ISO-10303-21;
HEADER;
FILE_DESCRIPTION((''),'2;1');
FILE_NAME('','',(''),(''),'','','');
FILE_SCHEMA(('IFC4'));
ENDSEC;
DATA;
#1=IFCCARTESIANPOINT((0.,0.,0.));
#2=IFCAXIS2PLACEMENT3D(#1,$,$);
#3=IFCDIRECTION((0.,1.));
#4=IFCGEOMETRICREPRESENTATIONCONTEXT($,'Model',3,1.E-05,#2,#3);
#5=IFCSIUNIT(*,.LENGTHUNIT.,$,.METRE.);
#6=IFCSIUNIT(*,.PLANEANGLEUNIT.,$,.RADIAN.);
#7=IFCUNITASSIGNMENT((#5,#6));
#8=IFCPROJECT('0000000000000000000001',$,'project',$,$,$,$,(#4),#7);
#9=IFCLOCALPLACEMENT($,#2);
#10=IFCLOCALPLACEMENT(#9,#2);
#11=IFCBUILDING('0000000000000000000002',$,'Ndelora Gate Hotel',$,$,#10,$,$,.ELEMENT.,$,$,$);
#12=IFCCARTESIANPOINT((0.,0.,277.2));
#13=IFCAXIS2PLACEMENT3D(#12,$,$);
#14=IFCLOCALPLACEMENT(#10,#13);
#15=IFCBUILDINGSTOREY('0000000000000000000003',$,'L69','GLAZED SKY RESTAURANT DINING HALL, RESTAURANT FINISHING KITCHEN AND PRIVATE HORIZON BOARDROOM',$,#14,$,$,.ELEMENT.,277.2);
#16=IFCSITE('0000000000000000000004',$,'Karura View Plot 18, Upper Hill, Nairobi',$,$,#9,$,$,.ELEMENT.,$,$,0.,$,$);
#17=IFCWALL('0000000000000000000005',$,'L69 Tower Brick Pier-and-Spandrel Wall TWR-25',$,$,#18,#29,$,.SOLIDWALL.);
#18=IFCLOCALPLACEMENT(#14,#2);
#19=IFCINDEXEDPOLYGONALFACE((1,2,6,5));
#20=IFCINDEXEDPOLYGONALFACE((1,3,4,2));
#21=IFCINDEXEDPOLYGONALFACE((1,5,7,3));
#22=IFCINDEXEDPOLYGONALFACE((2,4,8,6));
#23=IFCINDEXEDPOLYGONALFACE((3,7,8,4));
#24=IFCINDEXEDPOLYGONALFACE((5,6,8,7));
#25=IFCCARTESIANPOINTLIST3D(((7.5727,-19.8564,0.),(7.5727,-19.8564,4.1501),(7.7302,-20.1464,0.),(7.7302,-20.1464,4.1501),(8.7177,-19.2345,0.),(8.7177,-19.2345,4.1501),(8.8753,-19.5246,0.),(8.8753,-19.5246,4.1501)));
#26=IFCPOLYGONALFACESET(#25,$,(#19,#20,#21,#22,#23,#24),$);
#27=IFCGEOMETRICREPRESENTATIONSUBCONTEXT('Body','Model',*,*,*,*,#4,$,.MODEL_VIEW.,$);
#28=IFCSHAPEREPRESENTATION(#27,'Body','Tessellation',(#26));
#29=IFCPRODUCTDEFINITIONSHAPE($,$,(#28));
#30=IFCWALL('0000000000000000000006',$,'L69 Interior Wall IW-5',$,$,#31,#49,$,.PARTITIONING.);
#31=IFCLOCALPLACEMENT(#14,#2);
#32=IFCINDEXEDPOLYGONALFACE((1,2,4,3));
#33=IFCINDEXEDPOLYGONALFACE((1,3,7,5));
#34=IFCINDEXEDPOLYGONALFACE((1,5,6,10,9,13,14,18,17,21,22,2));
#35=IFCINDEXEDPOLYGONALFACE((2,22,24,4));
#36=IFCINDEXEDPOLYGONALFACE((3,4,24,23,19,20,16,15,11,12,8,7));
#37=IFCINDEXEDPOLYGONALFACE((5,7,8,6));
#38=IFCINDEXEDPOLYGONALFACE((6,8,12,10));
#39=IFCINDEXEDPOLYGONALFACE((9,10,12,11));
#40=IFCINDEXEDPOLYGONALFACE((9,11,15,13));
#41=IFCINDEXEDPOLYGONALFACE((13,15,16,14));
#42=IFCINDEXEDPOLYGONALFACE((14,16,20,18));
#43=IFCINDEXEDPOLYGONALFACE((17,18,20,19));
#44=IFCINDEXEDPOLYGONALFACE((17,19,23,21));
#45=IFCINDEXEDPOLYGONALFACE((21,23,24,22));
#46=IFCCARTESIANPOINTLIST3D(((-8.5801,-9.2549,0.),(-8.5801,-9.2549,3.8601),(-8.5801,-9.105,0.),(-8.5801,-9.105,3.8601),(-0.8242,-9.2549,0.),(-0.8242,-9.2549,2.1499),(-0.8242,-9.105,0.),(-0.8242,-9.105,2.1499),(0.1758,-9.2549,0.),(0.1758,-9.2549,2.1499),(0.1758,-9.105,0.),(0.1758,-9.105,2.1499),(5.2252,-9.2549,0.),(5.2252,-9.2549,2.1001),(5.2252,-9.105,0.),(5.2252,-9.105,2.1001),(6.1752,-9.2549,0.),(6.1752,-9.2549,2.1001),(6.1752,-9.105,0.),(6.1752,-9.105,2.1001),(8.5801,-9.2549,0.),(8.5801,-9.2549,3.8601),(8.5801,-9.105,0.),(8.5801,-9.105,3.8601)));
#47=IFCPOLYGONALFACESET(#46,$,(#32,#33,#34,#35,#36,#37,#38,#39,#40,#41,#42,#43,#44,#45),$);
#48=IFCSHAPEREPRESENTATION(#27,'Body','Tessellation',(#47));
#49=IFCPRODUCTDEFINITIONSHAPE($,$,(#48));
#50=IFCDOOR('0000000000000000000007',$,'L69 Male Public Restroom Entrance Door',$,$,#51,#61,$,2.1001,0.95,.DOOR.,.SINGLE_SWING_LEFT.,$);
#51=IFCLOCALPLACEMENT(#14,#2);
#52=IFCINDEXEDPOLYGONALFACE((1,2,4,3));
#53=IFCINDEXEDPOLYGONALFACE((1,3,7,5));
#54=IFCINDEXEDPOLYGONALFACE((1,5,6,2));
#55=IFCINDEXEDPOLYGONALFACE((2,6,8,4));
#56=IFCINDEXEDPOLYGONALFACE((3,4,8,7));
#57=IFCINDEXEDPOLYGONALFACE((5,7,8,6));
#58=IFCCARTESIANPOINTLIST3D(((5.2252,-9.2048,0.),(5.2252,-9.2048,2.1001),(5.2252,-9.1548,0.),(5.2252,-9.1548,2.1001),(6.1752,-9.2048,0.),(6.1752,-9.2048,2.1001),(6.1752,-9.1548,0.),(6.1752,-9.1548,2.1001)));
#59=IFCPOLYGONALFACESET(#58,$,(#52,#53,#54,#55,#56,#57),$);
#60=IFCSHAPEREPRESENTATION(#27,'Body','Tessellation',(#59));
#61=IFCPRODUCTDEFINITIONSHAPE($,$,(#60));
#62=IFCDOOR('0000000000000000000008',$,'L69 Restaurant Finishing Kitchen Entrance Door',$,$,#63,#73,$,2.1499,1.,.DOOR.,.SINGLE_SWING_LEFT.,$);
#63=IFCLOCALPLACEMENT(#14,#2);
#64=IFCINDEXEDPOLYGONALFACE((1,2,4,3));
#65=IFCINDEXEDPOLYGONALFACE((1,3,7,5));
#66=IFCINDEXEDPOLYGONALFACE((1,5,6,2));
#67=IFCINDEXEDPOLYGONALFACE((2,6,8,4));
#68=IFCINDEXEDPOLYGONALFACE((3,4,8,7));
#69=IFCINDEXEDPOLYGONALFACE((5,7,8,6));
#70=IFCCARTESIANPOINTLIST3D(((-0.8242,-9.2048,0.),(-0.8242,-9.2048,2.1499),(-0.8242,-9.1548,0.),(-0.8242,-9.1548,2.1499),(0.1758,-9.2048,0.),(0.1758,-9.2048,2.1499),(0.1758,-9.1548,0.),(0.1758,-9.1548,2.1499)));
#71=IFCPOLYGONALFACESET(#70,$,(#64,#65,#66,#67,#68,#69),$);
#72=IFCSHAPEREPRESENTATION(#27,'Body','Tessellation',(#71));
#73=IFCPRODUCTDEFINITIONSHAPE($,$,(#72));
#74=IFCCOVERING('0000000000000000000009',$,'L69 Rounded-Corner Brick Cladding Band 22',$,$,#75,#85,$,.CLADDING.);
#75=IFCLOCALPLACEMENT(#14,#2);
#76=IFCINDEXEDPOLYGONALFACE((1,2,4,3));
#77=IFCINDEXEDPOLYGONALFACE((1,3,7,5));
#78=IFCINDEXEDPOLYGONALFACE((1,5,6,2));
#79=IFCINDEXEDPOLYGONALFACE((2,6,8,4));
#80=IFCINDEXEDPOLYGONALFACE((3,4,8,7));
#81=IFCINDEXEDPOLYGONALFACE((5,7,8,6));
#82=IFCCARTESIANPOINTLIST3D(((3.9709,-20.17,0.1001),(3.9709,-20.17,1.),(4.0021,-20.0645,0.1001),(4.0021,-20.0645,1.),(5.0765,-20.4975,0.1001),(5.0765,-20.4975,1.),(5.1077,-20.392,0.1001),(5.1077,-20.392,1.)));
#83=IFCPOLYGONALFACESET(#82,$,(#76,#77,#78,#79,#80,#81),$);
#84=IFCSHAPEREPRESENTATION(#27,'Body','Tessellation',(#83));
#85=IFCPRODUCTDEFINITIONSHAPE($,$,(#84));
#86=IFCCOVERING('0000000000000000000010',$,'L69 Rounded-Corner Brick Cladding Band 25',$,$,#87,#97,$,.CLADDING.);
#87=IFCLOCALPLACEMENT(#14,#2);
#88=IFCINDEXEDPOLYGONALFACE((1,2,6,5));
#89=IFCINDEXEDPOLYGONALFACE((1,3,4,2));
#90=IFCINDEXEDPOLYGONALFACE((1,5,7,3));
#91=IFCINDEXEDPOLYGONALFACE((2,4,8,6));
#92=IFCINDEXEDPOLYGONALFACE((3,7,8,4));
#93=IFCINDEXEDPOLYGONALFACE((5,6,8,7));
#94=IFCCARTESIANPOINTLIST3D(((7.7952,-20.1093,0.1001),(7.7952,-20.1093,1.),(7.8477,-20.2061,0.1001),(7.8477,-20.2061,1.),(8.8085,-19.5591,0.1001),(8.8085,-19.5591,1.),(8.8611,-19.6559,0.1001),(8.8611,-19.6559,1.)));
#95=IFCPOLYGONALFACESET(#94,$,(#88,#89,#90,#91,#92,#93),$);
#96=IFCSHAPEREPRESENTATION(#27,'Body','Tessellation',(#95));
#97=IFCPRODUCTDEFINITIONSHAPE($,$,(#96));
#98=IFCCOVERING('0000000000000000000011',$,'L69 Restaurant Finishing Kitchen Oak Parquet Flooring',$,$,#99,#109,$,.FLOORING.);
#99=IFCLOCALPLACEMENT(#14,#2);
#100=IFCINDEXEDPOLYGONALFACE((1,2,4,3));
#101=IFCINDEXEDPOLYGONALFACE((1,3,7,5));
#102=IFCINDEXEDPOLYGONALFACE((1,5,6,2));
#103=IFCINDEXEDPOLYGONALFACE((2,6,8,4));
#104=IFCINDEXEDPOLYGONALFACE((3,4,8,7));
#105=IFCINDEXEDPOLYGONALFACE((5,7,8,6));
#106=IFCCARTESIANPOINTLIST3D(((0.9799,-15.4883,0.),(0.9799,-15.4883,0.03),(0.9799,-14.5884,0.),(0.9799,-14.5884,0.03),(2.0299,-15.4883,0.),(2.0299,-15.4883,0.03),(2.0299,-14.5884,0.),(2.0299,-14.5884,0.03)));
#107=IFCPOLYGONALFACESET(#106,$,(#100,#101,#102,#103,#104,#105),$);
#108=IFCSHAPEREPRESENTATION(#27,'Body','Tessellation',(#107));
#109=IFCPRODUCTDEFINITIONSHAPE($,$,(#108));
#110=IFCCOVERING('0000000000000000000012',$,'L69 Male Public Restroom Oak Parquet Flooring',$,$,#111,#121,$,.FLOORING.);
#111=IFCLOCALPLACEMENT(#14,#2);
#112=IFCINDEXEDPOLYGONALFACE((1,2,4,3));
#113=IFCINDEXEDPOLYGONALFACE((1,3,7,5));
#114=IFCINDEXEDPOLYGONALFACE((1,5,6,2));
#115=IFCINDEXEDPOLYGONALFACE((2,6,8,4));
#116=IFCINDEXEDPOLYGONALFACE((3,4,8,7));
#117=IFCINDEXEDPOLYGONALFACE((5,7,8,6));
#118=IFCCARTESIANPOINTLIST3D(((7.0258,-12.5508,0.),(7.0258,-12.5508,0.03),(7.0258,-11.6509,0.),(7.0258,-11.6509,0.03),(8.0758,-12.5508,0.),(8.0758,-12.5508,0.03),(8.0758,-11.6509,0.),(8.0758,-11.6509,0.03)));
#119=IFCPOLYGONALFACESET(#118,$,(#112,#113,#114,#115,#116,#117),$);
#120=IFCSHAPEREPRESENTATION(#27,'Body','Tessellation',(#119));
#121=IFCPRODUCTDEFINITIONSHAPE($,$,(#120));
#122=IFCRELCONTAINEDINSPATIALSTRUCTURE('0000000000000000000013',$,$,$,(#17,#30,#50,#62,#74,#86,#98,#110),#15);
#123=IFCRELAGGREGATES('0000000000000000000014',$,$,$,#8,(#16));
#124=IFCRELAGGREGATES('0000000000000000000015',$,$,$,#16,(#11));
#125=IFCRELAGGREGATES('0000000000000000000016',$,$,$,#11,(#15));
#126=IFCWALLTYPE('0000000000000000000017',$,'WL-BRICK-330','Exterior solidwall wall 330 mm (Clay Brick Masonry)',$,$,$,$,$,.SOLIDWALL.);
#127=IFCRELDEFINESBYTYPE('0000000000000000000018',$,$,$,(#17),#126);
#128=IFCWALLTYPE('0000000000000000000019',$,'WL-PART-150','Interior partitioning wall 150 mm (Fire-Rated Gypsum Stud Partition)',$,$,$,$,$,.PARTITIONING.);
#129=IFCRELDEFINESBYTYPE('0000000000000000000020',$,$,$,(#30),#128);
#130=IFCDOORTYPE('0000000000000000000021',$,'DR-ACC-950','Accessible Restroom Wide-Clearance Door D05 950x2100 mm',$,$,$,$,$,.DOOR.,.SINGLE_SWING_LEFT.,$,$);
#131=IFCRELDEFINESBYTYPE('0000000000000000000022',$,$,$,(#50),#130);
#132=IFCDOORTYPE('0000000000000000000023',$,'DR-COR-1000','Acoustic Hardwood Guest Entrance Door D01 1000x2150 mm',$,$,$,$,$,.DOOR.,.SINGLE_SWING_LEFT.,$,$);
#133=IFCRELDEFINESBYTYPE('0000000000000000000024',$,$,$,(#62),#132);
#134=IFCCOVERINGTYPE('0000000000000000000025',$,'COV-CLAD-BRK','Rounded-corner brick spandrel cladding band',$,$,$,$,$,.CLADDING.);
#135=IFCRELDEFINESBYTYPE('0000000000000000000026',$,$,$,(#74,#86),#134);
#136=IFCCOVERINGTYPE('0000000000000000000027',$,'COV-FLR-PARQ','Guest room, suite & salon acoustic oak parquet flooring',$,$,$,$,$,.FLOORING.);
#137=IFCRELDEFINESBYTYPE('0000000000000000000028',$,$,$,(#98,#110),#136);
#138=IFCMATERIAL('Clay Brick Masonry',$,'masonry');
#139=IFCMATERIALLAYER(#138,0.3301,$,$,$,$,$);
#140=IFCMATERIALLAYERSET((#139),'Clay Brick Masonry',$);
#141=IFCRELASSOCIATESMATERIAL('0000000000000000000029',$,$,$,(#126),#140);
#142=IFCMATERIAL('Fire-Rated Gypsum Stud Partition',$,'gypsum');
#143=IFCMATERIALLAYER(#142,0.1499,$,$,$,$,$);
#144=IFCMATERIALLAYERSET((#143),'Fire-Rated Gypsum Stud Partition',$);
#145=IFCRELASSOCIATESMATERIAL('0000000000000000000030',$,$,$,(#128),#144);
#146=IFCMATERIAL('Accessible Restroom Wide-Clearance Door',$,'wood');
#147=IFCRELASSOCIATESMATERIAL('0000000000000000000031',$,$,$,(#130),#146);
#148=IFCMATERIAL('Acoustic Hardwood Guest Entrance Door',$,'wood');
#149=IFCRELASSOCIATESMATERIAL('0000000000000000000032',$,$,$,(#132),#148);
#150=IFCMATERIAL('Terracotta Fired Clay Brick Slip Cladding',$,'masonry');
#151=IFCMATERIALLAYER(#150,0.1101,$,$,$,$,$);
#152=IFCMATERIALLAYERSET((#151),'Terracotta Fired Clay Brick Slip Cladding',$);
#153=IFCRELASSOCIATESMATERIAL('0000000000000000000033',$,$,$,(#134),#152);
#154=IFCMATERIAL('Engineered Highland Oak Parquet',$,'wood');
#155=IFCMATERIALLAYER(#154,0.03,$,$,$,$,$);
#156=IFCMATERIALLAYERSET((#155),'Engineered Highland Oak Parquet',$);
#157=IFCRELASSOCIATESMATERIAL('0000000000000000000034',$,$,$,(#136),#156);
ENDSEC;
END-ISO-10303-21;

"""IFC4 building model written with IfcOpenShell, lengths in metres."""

from ifc_helpers import new_model, si_unit, direction, frame, frame_2d, origin, origin_2d, place, context, subcontext, project, spatial, rectangle, extrude, material, layer, layer_set, type_object, element, fill, save


model = new_model("IFC4")

# Units and contexts
model_context = context("Model", 3, precision=1e-05, world=origin(), true_north=direction((0.0, 1.0)))
body_context = subcontext(model_context, "Body", "Model", "MODEL_VIEW")
ifc_project = project(units=[si_unit("LENGTHUNIT", "METRE"), si_unit("PLANEANGLEUNIT", "RADIAN")], contexts=[model_context])

# Site, building, storey
site_placement = place(None, origin())
site = spatial("IfcSite", under=ifc_project, at=site_placement, Name="Karura View Plot 18, Upper Hill, Nairobi", CompositionType="ELEMENT", RefElevation=0.0)
building_placement = place(site_placement, origin())
building = spatial("IfcBuilding", under=site, at=building_placement, Name="Ndelora Gate Hotel", CompositionType="ELEMENT")
storey_placement = place(building_placement, frame((0.0, 0.0, 277.2)))
storey = spatial("IfcBuildingStorey", under=building, at=storey_placement, Name="L69", Description="GLAZED SKY RESTAURANT DINING HALL, RESTAURANT FINISHING KITCHEN AND PRIVATE HORIZON BOARDROOM", CompositionType="ELEMENT", Elevation=277.2)

# Shared definitions
ifc_material_1 = material(Name="Clay Brick Masonry", Category="masonry")
ifc_layer_1 = layer(ifc_material_1, 0.3301)
ifc_layer_set_1 = layer_set([ifc_layer_1], Name="Clay Brick Masonry")
wall_type_1 = type_object("IfcWallType", Name="WL-BRICK-330", Description="Exterior solidwall wall 330 mm (Clay Brick Masonry)", PredefinedType="SOLIDWALL", material=ifc_layer_set_1)

# Wall
for number, where, z_axis, x_axis, name in (
    (1, (8.7964, -19.3796, 0.0), (0.0, 0.0, 1.0), (-0.878775, -0.477237, 0.0), "L69 Tower Brick Pier-and-Spandrel Wall TWR-25"),
):
    element("IfcWall", number, at=place(storey_placement, frame(where, z_axis=z_axis, x_axis=x_axis)), inside=storey, type_object=wall_type_1, Name=name, PredefinedType="SOLIDWALL", context=body_context, shape_type="SweptSolid", body=[
        extrude(rectangle(XDim=1.303, YDim=0.3301, at=frame_2d((0.6514, 0.0))), origin(), (0.0, 0.0, 1.0), 4.1501),
    ])

# Wall, openings, doors
ifc_material_2 = material(Name="Fire-Rated Gypsum Stud Partition", Category="gypsum")
ifc_layer_2 = layer(ifc_material_2, 0.1499)
ifc_layer_set_2 = layer_set([ifc_layer_2], Name="Fire-Rated Gypsum Stud Partition")
wall_type_2 = type_object("IfcWallType", Name="WL-PART-150", Description="Interior partitioning wall 150 mm (Fire-Rated Gypsum Stud Partition)", PredefinedType="PARTITIONING", material=ifc_layer_set_2)
wall_1_placement = place(storey_placement, frame((8.5801, -9.1799, 0.0), z_axis=(0.0, 0.0, 1.0), x_axis=(-1.0, 0.0, 0.0)))
wall_1 = element("IfcWall", 2, at=wall_1_placement, inside=storey, type_object=wall_type_2, Name="L69 Interior Wall IW-5", PredefinedType="PARTITIONING", context=body_context, shape_type="SweptSolid", body=[
    extrude(rectangle(XDim=17.1602, YDim=0.1499, at=frame_2d((8.5801, 0.0))), origin(), (0.0, 0.0, 1.0), 3.8601),
])
opening_1_placement = place(wall_1_placement, frame((2.4048, 0.0, 0.0)))
opening_1 = element("IfcOpeningElement", 3, at=opening_1_placement, cuts=wall_1, PredefinedType="OPENING", context=body_context, shape_type="SweptSolid", body=[
    extrude(rectangle(XDim=0.95, YDim=2.1001, at=frame_2d((0.4751, 1.05))), frame((0.0, 0.085, 0.0), z_axis=(0.0, -1.0, 0.0), x_axis=(1.0, 0.0, 0.0)), (0.0, 0.0, 1.0), 0.1699),
])
opening_2_placement = place(wall_1_placement, frame((8.4043, 0.0, 0.0)))
opening_2 = element("IfcOpeningElement", 4, at=opening_2_placement, cuts=wall_1, PredefinedType="OPENING", context=body_context, shape_type="SweptSolid", body=[
    extrude(rectangle(XDim=1.0, YDim=2.1499, at=frame_2d((0.5, 1.075))), frame((0.0, 0.085, 0.0), z_axis=(0.0, -1.0, 0.0), x_axis=(1.0, 0.0, 0.0)), (0.0, 0.0, 1.0), 0.1699),
])
ifc_material_3 = material(Name="Accessible Restroom Wide-Clearance Door", Category="wood")
door_type_1 = type_object("IfcDoorType", Name="DR-ACC-950", Description="Accessible Restroom Wide-Clearance Door D05 950x2100 mm", OperationType="SINGLE_SWING_LEFT", PredefinedType="DOOR", material=ifc_material_3)
door_1_placement = place(opening_1_placement, origin())
door_1 = element("IfcDoor", 5, at=door_1_placement, inside=storey, type_object=door_type_1, Name="L69 Male Public Restroom Entrance Door", OperationType="SINGLE_SWING_LEFT", OverallHeight=2.1001, OverallWidth=0.95, PredefinedType="DOOR", context=body_context, shape_type="SweptSolid", body=[
    extrude(rectangle(XDim=0.95, YDim=2.1001, at=frame_2d((0.4751, 1.05))), frame((0.0, 0.0249, 0.0), z_axis=(0.0, -1.0, 0.0), x_axis=(1.0, 0.0, 0.0)), (0.0, 0.0, 1.0), 0.05),
])
fill(opening_1, door_1)
ifc_material_4 = material(Name="Acoustic Hardwood Guest Entrance Door", Category="wood")
door_type_2 = type_object("IfcDoorType", Name="DR-COR-1000", Description="Acoustic Hardwood Guest Entrance Door D01 1000x2150 mm", OperationType="SINGLE_SWING_LEFT", PredefinedType="DOOR", material=ifc_material_4)
door_2_placement = place(opening_2_placement, origin())
door_2 = element("IfcDoor", 6, at=door_2_placement, inside=storey, type_object=door_type_2, Name="L69 Restaurant Finishing Kitchen Entrance Door", OperationType="SINGLE_SWING_LEFT", OverallHeight=2.1499, OverallWidth=1.0, PredefinedType="DOOR", context=body_context, shape_type="SweptSolid", body=[
    extrude(rectangle(XDim=1.0, YDim=2.1499, at=frame_2d((0.5, 1.075))), frame((0.0, 0.0249, 0.0), z_axis=(0.0, -1.0, 0.0), x_axis=(1.0, 0.0, 0.0)), (0.0, 0.0, 1.0), 0.05),
])
fill(opening_2, door_2)

# Coverings
ifc_material_5 = material(Name="Terracotta Fired Clay Brick Slip Cladding", Category="masonry")
ifc_layer_3 = layer(ifc_material_5, 0.1101)
ifc_layer_set_3 = layer_set([ifc_layer_3], Name="Terracotta Fired Clay Brick Slip Cladding")
covering_type_1 = type_object("IfcCoveringType", Name="COV-CLAD-BRK", Description="Rounded-corner brick spandrel cladding band", PredefinedType="CLADDING", material=ifc_layer_set_3)
for number, where, z_axis, x_axis, name in (
    (7, (4.5393, -20.281, 0.1001), (0.0, 0.0, 1.0), (-0.95882, 0.284015, 0.0), "L69 Rounded-Corner Brick Cladding Band 22"),
    (8, (8.3281, -19.8826, 0.1001), (0.0, 0.0, 1.0), (0.878817, 0.477159, 0.0), "L69 Rounded-Corner Brick Cladding Band 25"),
):
    element("IfcCovering", number, at=place(storey_placement, frame(where, z_axis=z_axis, x_axis=x_axis)), inside=storey, type_object=covering_type_1, Name=name, PredefinedType="CLADDING", context=body_context, shape_type="SweptSolid", body=[
        extrude(rectangle(XDim=1.1531, YDim=0.1101, at=origin_2d()), origin(), (0.0, 0.0, 1.0), 0.8999),
    ])
ifc_material_6 = material(Name="Engineered Highland Oak Parquet", Category="wood")
ifc_layer_4 = layer(ifc_material_6, 0.03)
ifc_layer_set_4 = layer_set([ifc_layer_4], Name="Engineered Highland Oak Parquet")
covering_type_2 = type_object("IfcCoveringType", Name="COV-FLR-PARQ", Description="Guest room, suite & salon acoustic oak parquet flooring", PredefinedType="FLOORING", material=ifc_layer_set_4)
for number, where, z_axis, x_axis, name in (
    (9, (1.5049, -15.0383, 0.0), (0.0, 0.0, 1.0), (1.0, 0.0, 0.0), "L69 Restaurant Finishing Kitchen Oak Parquet Flooring"),
    (10, (7.5508, -12.1008, 0.0), (0.0, 0.0, 1.0), (1.0, 0.0, 0.0), "L69 Male Public Restroom Oak Parquet Flooring"),
):
    element("IfcCovering", number, at=place(storey_placement, frame(where, z_axis=z_axis, x_axis=x_axis)), inside=storey, type_object=covering_type_2, Name=name, PredefinedType="FLOORING", context=body_context, shape_type="SweptSolid", body=[
        extrude(rectangle(XDim=1.05, YDim=0.8999, at=origin_2d()), origin(), (0.0, 0.0, 1.0), 0.03),
    ])

save(model, "model.ifc")
